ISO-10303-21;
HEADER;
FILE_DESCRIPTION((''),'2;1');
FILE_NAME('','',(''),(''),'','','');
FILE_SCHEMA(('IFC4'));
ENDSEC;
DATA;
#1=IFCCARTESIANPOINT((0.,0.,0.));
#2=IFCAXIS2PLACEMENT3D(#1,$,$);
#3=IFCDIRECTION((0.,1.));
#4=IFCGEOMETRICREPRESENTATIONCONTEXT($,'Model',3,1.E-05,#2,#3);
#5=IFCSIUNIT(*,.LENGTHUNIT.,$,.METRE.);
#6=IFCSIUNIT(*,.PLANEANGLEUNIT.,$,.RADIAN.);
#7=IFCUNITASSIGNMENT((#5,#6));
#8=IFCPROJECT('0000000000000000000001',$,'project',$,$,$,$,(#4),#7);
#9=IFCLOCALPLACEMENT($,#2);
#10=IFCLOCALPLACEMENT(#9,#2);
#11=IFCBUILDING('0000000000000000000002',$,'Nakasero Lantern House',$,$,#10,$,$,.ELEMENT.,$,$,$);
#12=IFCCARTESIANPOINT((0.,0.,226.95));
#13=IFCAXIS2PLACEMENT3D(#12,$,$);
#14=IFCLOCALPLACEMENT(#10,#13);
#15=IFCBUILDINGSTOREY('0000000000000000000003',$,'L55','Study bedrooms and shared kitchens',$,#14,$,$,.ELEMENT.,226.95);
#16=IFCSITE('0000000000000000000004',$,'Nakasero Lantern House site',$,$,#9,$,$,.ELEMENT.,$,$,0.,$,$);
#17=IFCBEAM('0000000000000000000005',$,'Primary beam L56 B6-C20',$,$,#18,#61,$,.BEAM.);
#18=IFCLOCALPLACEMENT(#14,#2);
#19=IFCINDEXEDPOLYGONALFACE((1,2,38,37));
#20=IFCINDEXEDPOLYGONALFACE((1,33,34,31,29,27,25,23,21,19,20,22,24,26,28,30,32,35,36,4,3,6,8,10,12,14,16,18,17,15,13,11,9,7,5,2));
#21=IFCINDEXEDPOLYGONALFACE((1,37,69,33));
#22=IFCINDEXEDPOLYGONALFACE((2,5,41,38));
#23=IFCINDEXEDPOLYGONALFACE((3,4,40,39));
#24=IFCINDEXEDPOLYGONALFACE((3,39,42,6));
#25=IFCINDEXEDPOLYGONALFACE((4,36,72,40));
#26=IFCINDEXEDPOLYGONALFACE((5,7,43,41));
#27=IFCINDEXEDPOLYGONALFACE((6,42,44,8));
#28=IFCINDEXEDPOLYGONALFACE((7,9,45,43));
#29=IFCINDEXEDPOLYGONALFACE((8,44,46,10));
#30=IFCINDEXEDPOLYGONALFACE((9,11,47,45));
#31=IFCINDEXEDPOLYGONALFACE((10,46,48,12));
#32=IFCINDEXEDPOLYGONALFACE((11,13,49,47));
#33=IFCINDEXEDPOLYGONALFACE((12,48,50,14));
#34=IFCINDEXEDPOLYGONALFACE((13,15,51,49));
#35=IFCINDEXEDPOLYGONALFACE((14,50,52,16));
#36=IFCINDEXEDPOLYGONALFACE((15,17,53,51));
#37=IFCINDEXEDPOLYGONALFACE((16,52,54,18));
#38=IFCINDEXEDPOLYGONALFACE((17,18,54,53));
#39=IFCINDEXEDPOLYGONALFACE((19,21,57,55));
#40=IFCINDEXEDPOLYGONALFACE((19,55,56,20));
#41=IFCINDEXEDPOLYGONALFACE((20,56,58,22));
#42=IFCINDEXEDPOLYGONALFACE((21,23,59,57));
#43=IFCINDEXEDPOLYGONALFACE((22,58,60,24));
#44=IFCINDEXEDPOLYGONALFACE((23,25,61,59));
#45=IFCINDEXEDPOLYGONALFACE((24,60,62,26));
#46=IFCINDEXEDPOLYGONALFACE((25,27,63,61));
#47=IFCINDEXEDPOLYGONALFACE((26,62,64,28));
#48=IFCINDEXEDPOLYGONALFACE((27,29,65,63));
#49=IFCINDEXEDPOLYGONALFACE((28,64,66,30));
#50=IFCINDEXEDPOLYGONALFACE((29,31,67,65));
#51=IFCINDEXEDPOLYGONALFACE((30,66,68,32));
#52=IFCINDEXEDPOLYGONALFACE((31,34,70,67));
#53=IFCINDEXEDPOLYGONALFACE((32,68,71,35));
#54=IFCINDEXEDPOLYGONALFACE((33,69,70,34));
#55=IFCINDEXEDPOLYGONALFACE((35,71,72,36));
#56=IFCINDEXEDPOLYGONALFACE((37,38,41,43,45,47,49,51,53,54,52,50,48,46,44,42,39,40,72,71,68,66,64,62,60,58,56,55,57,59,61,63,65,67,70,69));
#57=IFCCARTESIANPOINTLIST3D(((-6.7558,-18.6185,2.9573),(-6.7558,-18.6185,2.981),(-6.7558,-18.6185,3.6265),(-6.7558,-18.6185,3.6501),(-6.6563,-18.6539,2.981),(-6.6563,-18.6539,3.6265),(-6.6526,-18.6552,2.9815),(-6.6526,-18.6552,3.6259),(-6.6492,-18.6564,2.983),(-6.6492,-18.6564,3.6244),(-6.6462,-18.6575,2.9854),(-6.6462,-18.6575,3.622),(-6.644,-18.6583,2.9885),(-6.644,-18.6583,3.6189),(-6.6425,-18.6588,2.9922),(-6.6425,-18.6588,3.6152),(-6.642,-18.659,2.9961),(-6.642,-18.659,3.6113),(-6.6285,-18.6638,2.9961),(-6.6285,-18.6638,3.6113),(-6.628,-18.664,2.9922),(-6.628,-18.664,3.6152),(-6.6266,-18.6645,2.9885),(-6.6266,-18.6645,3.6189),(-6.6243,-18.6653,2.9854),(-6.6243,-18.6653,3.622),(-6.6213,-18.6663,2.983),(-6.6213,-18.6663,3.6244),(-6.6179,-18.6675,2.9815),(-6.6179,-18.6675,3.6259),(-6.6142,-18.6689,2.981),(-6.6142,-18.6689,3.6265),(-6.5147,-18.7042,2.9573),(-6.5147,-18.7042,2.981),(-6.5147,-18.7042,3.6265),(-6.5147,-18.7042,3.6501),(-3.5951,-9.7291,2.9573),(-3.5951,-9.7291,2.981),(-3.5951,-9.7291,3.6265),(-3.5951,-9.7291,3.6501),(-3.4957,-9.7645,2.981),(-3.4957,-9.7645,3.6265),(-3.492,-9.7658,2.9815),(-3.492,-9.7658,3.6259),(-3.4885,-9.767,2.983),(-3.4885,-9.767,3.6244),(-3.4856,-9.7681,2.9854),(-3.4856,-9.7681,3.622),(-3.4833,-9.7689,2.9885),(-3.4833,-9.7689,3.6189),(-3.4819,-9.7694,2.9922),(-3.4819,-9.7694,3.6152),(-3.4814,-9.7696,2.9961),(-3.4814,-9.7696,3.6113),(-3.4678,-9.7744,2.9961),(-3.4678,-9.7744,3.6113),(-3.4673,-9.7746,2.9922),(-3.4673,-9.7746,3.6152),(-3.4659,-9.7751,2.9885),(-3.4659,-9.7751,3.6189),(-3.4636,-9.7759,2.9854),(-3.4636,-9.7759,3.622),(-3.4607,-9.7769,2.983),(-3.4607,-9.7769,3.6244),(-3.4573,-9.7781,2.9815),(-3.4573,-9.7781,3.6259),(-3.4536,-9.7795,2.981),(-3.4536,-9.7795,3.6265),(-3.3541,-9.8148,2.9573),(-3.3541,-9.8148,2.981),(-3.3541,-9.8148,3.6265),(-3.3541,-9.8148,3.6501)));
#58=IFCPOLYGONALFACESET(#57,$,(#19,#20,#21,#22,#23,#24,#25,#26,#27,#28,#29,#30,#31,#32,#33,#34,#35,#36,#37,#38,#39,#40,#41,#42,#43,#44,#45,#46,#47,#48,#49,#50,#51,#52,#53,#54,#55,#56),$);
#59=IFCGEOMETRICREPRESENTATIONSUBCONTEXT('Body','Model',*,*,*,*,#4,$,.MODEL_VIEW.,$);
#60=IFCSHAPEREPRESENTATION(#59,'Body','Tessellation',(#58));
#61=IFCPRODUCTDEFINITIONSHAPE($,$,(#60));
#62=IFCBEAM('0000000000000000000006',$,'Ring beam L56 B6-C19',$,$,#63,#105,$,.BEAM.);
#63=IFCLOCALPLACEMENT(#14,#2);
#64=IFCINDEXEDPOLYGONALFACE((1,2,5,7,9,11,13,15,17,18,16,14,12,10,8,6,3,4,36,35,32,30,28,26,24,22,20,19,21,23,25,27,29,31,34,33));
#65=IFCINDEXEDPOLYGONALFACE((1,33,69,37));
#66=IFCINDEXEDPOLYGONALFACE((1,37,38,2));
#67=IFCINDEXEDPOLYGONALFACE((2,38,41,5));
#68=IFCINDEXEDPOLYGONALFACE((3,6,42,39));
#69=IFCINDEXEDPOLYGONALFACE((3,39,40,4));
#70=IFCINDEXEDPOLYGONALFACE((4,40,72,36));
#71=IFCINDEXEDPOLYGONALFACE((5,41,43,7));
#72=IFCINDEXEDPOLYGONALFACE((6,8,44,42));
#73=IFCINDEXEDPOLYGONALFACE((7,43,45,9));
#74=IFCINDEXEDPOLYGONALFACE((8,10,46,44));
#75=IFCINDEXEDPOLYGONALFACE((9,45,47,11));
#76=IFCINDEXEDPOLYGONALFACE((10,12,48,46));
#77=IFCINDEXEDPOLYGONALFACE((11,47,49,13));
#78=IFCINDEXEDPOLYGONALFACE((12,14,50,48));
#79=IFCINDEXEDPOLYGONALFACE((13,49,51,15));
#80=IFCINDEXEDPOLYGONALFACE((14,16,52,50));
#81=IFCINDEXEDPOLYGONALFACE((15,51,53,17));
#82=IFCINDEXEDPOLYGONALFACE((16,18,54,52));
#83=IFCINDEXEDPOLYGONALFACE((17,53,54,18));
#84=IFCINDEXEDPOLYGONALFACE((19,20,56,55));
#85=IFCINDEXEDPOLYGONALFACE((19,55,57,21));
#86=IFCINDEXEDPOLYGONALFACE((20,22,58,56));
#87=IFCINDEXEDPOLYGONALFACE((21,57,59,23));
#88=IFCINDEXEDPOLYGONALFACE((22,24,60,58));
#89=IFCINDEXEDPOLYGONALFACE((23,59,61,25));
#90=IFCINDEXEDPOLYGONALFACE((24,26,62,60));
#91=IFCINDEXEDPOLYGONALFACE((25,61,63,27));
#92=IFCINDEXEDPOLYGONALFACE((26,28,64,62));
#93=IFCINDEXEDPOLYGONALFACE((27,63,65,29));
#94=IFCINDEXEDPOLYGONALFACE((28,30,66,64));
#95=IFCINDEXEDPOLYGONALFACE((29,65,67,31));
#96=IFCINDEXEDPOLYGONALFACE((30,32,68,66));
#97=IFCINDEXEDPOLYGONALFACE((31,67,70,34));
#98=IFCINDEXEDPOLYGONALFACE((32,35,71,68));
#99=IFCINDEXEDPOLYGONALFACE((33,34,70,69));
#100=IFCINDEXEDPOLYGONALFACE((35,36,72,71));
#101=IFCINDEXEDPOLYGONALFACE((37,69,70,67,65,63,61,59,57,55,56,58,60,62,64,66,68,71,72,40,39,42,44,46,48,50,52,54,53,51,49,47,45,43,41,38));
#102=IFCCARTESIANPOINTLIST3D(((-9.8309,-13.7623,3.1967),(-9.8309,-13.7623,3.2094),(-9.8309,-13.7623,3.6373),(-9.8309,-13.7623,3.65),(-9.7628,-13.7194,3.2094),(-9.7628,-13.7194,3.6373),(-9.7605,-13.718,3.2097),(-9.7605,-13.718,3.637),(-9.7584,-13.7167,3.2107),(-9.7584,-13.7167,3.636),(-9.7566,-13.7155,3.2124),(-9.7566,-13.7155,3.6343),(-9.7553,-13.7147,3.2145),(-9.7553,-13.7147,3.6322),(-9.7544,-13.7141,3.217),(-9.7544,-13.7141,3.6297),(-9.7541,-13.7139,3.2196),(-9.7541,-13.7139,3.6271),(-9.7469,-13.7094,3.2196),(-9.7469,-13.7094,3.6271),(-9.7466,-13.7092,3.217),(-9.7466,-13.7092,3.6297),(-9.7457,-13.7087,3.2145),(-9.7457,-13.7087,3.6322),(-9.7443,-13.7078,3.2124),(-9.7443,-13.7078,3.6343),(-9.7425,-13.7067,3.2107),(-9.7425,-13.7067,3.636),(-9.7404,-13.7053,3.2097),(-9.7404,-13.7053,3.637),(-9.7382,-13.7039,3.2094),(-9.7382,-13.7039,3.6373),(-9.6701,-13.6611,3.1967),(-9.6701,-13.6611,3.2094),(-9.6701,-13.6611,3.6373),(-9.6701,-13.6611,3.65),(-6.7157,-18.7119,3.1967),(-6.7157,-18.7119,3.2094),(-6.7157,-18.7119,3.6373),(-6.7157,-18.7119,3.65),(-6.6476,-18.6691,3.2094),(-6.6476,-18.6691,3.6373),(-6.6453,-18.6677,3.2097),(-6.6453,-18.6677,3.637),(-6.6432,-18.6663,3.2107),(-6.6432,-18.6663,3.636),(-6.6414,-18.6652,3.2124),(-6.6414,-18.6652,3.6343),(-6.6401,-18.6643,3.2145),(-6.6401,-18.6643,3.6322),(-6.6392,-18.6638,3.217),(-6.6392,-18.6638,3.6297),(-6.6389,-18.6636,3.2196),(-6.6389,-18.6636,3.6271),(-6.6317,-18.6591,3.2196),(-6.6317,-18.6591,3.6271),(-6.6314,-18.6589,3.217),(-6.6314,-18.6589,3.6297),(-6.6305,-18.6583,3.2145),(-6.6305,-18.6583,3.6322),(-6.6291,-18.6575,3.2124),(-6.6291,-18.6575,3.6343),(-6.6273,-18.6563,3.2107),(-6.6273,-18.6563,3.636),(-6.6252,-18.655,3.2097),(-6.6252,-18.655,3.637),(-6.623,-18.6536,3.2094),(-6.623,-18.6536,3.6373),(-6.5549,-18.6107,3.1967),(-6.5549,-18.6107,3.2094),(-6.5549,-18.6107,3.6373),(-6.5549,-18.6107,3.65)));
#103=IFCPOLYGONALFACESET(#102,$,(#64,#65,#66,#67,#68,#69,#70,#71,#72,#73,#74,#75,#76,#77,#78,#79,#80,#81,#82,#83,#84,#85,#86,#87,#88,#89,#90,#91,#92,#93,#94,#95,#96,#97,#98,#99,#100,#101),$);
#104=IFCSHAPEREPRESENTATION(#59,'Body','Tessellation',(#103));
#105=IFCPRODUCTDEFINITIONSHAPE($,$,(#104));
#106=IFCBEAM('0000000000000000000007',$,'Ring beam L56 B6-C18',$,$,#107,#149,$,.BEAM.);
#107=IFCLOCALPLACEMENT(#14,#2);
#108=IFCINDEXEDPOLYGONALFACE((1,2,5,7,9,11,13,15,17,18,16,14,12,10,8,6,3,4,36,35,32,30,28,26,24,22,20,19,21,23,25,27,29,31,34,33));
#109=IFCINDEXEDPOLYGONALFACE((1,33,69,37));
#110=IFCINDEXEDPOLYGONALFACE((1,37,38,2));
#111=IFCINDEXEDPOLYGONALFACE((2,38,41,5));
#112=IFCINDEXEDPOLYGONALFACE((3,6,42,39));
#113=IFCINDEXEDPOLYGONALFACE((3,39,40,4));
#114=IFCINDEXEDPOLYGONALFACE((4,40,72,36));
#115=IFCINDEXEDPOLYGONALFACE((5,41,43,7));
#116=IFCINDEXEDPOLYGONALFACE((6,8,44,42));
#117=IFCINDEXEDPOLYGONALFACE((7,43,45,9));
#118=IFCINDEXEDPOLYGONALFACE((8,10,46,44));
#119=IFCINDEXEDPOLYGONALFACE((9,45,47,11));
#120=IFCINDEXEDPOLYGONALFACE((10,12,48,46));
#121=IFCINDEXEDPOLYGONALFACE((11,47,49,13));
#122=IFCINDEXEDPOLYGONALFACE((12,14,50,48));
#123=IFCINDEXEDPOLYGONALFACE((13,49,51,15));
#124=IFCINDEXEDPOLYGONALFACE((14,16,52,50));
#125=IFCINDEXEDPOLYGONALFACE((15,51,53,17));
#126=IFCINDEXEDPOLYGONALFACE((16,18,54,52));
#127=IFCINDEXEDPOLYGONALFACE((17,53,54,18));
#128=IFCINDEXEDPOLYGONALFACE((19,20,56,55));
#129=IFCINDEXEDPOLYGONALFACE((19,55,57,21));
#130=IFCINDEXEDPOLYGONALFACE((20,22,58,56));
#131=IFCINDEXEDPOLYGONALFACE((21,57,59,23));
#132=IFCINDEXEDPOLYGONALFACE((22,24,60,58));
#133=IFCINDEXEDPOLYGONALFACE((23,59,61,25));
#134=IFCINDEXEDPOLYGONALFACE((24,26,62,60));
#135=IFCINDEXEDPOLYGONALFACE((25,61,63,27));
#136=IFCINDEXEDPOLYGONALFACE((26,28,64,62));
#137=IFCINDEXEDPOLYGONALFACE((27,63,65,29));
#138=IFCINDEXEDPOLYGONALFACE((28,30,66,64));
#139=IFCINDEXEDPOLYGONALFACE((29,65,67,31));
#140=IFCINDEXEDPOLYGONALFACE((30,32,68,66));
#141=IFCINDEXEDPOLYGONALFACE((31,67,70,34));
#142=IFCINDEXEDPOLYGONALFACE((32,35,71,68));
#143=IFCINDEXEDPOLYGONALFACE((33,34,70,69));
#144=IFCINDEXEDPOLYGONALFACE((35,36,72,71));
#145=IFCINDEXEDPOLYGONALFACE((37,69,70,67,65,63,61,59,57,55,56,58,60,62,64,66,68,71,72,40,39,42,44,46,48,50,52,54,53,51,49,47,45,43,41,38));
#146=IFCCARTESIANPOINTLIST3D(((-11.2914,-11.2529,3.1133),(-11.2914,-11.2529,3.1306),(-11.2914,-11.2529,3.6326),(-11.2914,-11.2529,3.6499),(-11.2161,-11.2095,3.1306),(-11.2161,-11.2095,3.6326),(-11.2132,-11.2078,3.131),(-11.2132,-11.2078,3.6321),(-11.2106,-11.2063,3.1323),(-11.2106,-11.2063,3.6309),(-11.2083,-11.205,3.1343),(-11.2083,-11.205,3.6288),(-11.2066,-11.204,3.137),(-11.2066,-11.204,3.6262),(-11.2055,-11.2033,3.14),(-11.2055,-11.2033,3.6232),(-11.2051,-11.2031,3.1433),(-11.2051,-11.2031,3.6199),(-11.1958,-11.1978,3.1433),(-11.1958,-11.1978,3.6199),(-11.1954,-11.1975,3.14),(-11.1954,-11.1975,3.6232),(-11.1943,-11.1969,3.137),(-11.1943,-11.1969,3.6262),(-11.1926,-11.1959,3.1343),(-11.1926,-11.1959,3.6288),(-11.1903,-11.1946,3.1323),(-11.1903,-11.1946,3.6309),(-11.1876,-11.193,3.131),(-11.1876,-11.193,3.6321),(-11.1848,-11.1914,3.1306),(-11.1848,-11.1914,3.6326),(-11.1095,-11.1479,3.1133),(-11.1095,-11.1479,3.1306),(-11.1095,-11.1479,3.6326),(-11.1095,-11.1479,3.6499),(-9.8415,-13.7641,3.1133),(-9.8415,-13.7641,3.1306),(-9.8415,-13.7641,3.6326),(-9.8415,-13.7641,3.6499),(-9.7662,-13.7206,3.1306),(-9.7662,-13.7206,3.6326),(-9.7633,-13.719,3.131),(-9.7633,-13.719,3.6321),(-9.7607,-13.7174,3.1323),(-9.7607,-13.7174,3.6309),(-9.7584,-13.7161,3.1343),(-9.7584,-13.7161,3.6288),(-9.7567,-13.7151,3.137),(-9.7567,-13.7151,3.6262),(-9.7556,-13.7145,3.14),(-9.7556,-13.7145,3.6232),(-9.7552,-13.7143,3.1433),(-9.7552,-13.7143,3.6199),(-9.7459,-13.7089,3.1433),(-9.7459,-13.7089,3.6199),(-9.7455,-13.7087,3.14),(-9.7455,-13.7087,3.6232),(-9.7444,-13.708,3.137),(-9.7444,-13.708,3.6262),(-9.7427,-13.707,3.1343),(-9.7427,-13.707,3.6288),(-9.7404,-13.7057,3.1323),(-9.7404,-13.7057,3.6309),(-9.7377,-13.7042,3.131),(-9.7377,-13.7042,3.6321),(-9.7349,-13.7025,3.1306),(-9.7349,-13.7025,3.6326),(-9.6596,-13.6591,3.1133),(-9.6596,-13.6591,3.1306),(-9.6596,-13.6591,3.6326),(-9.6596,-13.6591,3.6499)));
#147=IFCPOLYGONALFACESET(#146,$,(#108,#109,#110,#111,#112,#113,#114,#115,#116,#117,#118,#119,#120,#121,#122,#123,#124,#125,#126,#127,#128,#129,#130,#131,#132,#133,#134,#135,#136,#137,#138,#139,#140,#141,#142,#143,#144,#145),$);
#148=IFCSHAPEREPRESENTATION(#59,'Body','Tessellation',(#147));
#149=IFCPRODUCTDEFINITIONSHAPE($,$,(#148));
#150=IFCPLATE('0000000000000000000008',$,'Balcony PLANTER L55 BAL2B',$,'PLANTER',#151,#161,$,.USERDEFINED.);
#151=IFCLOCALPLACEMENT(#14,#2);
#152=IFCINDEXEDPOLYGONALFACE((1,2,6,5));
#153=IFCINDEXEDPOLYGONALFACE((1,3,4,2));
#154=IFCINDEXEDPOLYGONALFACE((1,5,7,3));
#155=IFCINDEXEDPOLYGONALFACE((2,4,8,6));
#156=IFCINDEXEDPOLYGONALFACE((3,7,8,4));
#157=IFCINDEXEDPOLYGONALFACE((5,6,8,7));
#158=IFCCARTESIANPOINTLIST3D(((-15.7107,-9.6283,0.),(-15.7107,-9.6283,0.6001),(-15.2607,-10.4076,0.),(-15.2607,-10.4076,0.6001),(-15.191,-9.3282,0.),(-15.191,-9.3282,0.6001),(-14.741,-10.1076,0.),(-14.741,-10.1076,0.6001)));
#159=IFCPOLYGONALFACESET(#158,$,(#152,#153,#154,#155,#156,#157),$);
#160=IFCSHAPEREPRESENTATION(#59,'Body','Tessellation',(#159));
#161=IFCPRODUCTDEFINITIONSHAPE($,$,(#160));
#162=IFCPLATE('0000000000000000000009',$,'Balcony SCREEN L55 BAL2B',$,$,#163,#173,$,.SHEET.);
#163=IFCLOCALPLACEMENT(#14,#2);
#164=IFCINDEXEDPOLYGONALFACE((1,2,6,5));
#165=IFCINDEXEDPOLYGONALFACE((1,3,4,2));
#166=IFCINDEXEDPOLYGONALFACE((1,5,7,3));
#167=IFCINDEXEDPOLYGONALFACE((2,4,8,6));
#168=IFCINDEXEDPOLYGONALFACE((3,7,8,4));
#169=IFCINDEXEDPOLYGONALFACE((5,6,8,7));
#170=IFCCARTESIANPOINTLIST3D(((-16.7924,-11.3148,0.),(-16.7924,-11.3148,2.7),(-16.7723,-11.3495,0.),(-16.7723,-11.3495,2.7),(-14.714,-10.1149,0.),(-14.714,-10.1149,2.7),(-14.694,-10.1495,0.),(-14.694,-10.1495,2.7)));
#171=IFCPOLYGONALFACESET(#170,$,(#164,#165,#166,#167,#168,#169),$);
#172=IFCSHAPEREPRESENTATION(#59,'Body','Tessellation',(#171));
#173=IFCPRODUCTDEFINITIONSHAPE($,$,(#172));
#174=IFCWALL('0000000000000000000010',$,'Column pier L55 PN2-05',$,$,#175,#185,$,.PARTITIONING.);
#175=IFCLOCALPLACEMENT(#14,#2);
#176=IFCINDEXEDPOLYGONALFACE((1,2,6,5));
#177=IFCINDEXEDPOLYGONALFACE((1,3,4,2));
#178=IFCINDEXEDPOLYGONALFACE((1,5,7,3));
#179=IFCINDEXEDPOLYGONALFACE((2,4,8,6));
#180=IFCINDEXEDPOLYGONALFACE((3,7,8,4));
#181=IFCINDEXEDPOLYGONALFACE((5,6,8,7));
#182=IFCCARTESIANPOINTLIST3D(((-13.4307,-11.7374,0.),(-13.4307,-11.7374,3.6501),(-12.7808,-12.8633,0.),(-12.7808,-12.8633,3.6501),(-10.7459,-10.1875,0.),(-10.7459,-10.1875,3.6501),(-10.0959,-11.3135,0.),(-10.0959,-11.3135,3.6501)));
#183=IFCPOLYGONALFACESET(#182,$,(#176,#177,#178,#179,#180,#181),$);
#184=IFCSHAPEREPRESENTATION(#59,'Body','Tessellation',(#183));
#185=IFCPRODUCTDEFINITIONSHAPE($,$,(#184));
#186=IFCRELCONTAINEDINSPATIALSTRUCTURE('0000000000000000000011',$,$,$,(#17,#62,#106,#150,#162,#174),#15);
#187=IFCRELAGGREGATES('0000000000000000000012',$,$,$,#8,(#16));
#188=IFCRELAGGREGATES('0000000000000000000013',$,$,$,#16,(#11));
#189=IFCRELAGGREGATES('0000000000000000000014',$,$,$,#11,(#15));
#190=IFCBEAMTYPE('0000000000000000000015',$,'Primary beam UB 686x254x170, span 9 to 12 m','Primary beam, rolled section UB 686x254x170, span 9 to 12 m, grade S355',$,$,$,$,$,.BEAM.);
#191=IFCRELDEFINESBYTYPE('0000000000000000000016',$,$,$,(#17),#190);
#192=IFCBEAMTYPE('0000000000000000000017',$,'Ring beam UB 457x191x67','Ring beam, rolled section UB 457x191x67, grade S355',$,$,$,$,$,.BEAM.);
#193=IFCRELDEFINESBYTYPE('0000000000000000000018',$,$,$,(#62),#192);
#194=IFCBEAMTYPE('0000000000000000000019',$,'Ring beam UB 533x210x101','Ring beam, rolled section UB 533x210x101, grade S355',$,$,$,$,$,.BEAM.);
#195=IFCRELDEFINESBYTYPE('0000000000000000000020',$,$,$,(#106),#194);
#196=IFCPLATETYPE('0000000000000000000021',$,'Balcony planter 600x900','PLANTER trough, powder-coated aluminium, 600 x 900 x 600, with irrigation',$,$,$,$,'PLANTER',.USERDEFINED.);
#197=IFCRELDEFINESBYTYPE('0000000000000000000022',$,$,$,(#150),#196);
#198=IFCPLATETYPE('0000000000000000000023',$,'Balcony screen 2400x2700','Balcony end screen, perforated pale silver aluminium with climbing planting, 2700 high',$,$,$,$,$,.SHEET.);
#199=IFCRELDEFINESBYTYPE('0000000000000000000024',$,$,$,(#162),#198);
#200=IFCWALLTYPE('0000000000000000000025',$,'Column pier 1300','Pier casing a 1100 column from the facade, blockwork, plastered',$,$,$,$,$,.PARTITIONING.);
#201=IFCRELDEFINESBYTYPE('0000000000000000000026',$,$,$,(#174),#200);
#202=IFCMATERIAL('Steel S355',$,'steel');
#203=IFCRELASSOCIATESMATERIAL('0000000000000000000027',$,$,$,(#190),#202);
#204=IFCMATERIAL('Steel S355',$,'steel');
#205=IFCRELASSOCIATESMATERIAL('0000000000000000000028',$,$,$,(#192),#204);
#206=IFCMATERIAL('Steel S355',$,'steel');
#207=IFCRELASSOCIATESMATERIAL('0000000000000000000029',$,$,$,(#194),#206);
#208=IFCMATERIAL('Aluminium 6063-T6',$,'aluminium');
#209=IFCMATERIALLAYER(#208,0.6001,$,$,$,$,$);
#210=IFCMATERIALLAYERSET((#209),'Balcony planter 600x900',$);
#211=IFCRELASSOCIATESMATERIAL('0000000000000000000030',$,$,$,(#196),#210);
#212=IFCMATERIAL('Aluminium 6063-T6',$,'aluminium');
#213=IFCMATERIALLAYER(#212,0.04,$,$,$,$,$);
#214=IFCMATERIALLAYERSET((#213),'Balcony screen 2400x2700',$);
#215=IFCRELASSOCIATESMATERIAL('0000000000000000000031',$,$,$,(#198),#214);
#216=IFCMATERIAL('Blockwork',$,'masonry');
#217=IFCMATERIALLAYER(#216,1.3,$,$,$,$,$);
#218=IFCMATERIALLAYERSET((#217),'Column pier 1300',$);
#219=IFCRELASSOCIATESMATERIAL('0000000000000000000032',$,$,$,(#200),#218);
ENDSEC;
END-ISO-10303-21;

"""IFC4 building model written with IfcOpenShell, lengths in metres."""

from ifc_helpers import new_model, si_unit, direction, frame, frame_2d, origin, origin_2d, place, context, subcontext, project, spatial, rectangle, i_section, extrude, material, layer, layer_set, material_profile, profile_set, type_object, element, save


model = new_model("IFC4")

# Units and contexts
model_context = context("Model", 3, precision=1e-05, world=origin(), true_north=direction((0.0, 1.0)))
body_context = subcontext(model_context, "Body", "Model", "MODEL_VIEW")
ifc_project = project(units=[si_unit("LENGTHUNIT", "METRE"), si_unit("PLANEANGLEUNIT", "RADIAN")], contexts=[model_context])

# Site, building, storey
site_placement = place(None, origin())
site = spatial("IfcSite", under=ifc_project, at=site_placement, Name="Nakasero Lantern House site", CompositionType="ELEMENT", RefElevation=0.0)
building_placement = place(site_placement, origin())
building = spatial("IfcBuilding", under=site, at=building_placement, Name="Nakasero Lantern House", CompositionType="ELEMENT")
storey_placement = place(building_placement, frame((0.0, 0.0, 226.95)))
storey = spatial("IfcBuildingStorey", under=building, at=storey_placement, Name="L55", Description="Study bedrooms and shared kitchens", CompositionType="ELEMENT", Elevation=226.95)

# Beams
ifc_material_1 = material(Name="Steel S355", Category="steel")
ifc_material_profile_1 = material_profile(ifc_material_1, i_section(OverallWidth=0.2559, OverallDepth=0.6929, WebThickness=0.0144, FlangeThickness=0.0237, FilletRadius=0.0151, at=origin_2d()), Name="UB 686x254x170")
ifc_profile_set_1 = profile_set([ifc_material_profile_1], Name="Steel S355")
beam_type_1 = type_object("IfcBeamType", Name="Primary beam UB 686x254x170, span 9 to 12 m", Description="Primary beam, rolled section UB 686x254x170, span 9 to 12 m, grade S355", PredefinedType="BEAM", material=ifc_profile_set_1)
beam_1_placement = place(storey_placement, frame((-6.6353, -18.6614, 3.3037), z_axis=(0.335007, 0.942216, 0.0), x_axis=(-0.942216, 0.335007, 0.0)))
element("IfcBeam", 1, at=beam_1_placement, inside=storey, type_object=beam_type_1, Name="Primary beam L56 B6-C20", PredefinedType="BEAM", context=body_context, shape_type="SweptSolid", body=[
    extrude(i_section(OverallWidth=0.2559, OverallDepth=0.6929, WebThickness=0.0144, FlangeThickness=0.0237, FilletRadius=0.0151, at=origin_2d()), origin(), (0.0, 0.0, 1.0), 9.4346),
])
ifc_material_2 = material(Name="Steel S355", Category="steel")
ifc_material_profile_2 = material_profile(ifc_material_2, i_section(OverallWidth=0.1899, OverallDepth=0.4534, WebThickness=0.0085, FlangeThickness=0.0127, FilletRadius=0.0103, at=origin_2d()), Name="UB 457x191x67")
ifc_profile_set_2 = profile_set([ifc_material_profile_2], Name="Steel S355")
beam_type_2 = type_object("IfcBeamType", Name="Ring beam UB 457x191x67", Description="Ring beam, rolled section UB 457x191x67, grade S355", PredefinedType="BEAM", material=ifc_profile_set_2)
beam_2_placement = place(storey_placement, frame((-9.7505, -13.7117, 3.4233), z_axis=(0.53266, -0.846329, 0.0), x_axis=(0.846329, 0.53266, 0.0)))
element("IfcBeam", 2, at=beam_2_placement, inside=storey, type_object=beam_type_2, Name="Ring beam L56 B6-C19", PredefinedType="BEAM", context=body_context, shape_type="SweptSolid", body=[
    extrude(i_section(OverallWidth=0.1899, OverallDepth=0.4534, WebThickness=0.0085, FlangeThickness=0.0127, FilletRadius=0.0103, at=origin_2d()), origin(), (0.0, 0.0, 1.0), 5.8484),
])
ifc_material_3 = material(Name="Steel S355", Category="steel")
ifc_material_profile_3 = material_profile(ifc_material_3, i_section(OverallWidth=0.21, OverallDepth=0.5366, WebThickness=0.0107, FlangeThickness=0.0173, FilletRadius=0.0127, at=origin_2d()), Name="UB 533x210x101")
ifc_profile_set_3 = profile_set([ifc_material_profile_3], Name="Steel S355")
beam_type_3 = type_object("IfcBeamType", Name="Ring beam UB 533x210x101", Description="Ring beam, rolled section UB 533x210x101, grade S355", PredefinedType="BEAM", material=ifc_profile_set_3)
beam_3_placement = place(storey_placement, frame((-11.2004, -11.2004, 3.3816), z_axis=(0.500024, -0.866012, 0.0), x_axis=(0.866012, 0.500024, 0.0)))
element("IfcBeam", 3, at=beam_3_placement, inside=storey, type_object=beam_type_3, Name="Ring beam L56 B6-C18", PredefinedType="BEAM", context=body_context, shape_type="SweptSolid", body=[
    extrude(i_section(OverallWidth=0.21, OverallDepth=0.5366, WebThickness=0.0107, FlangeThickness=0.0173, FilletRadius=0.0127, at=origin_2d()), origin(), (0.0, 0.0, 1.0), 2.8997),
])

# Plates
ifc_material_4 = material(Name="Aluminium 6063-T6", Category="aluminium")
ifc_layer_1 = layer(ifc_material_4, 0.6001)
ifc_layer_set_1 = layer_set([ifc_layer_1], Name="Balcony planter 600x900")
plate_type_1 = type_object("IfcPlateType", Name="Balcony planter 600x900", Description="PLANTER trough, powder-coated aluminium, 600 x 900 x 600, with irrigation", ElementType="PLANTER", PredefinedType="USERDEFINED", material=ifc_layer_set_1)
plate_1_placement = place(storey_placement, frame((-15.2258, -9.8679, 0.0), z_axis=(0.0, 0.0, 1.0), x_axis=(-0.866025, -0.5, 0.0)))
element("IfcPlate", 4, at=plate_1_placement, inside=storey, type_object=plate_type_1, Name="Balcony PLANTER L55 BAL2B", ObjectType="PLANTER", PredefinedType="USERDEFINED", context=body_context, shape_type="SweptSolid", body=[
    extrude(rectangle(XDim=0.6001, YDim=0.8999, at=origin_2d()), origin(), (0.0, 0.0, 1.0), 0.6001),
])
ifc_material_5 = material(Name="Aluminium 6063-T6", Category="aluminium")
ifc_layer_2 = layer(ifc_material_5, 0.04)
ifc_layer_set_2 = layer_set([ifc_layer_2], Name="Balcony screen 2400x2700")
plate_type_2 = type_object("IfcPlateType", Name="Balcony screen 2400x2700", Description="Balcony end screen, perforated pale silver aluminium with climbing planting, 2700 high", PredefinedType="SHEET", material=ifc_layer_set_2)
plate_2_placement = place(storey_placement, frame((-15.7432, -10.7322, 0.0), z_axis=(0.0, 0.0, 1.0), x_axis=(-0.866025, -0.5, 0.0)))
element("IfcPlate", 5, at=plate_2_placement, inside=storey, type_object=plate_type_2, Name="Balcony SCREEN L55 BAL2B", PredefinedType="SHEET", context=body_context, shape_type="SweptSolid", body=[
    extrude(rectangle(XDim=2.3999, YDim=0.04, at=origin_2d()), origin(), (0.0, 0.0, 1.0), 2.7),
])

# Wall
ifc_material_6 = material(Name="Blockwork", Category="masonry")
ifc_layer_3 = layer(ifc_material_6, 1.3)
ifc_layer_set_3 = layer_set([ifc_layer_3], Name="Column pier 1300")
wall_type_1 = type_object("IfcWallType", Name="Column pier 1300", Description="Pier casing a 1100 column from the facade, blockwork, plastered", PredefinedType="PARTITIONING", material=ifc_layer_set_3)
wall_1_placement = place(storey_placement, frame((-10.4209, -10.7505, 0.0), z_axis=(0.0, 0.0, 1.0), x_axis=(-0.866064, -0.499934, 0.0)))
element("IfcWall", 6, at=wall_1_placement, inside=storey, type_object=wall_type_1, Name="Column pier L55 PN2-05", PredefinedType="PARTITIONING", context=body_context, shape_type="SweptSolid", body=[
    extrude(rectangle(XDim=3.1001, YDim=1.3, at=frame_2d((1.55, 0.0))), origin(), (0.0, 0.0, 1.0), 3.6501),
])

save(model, "model.ifc")
